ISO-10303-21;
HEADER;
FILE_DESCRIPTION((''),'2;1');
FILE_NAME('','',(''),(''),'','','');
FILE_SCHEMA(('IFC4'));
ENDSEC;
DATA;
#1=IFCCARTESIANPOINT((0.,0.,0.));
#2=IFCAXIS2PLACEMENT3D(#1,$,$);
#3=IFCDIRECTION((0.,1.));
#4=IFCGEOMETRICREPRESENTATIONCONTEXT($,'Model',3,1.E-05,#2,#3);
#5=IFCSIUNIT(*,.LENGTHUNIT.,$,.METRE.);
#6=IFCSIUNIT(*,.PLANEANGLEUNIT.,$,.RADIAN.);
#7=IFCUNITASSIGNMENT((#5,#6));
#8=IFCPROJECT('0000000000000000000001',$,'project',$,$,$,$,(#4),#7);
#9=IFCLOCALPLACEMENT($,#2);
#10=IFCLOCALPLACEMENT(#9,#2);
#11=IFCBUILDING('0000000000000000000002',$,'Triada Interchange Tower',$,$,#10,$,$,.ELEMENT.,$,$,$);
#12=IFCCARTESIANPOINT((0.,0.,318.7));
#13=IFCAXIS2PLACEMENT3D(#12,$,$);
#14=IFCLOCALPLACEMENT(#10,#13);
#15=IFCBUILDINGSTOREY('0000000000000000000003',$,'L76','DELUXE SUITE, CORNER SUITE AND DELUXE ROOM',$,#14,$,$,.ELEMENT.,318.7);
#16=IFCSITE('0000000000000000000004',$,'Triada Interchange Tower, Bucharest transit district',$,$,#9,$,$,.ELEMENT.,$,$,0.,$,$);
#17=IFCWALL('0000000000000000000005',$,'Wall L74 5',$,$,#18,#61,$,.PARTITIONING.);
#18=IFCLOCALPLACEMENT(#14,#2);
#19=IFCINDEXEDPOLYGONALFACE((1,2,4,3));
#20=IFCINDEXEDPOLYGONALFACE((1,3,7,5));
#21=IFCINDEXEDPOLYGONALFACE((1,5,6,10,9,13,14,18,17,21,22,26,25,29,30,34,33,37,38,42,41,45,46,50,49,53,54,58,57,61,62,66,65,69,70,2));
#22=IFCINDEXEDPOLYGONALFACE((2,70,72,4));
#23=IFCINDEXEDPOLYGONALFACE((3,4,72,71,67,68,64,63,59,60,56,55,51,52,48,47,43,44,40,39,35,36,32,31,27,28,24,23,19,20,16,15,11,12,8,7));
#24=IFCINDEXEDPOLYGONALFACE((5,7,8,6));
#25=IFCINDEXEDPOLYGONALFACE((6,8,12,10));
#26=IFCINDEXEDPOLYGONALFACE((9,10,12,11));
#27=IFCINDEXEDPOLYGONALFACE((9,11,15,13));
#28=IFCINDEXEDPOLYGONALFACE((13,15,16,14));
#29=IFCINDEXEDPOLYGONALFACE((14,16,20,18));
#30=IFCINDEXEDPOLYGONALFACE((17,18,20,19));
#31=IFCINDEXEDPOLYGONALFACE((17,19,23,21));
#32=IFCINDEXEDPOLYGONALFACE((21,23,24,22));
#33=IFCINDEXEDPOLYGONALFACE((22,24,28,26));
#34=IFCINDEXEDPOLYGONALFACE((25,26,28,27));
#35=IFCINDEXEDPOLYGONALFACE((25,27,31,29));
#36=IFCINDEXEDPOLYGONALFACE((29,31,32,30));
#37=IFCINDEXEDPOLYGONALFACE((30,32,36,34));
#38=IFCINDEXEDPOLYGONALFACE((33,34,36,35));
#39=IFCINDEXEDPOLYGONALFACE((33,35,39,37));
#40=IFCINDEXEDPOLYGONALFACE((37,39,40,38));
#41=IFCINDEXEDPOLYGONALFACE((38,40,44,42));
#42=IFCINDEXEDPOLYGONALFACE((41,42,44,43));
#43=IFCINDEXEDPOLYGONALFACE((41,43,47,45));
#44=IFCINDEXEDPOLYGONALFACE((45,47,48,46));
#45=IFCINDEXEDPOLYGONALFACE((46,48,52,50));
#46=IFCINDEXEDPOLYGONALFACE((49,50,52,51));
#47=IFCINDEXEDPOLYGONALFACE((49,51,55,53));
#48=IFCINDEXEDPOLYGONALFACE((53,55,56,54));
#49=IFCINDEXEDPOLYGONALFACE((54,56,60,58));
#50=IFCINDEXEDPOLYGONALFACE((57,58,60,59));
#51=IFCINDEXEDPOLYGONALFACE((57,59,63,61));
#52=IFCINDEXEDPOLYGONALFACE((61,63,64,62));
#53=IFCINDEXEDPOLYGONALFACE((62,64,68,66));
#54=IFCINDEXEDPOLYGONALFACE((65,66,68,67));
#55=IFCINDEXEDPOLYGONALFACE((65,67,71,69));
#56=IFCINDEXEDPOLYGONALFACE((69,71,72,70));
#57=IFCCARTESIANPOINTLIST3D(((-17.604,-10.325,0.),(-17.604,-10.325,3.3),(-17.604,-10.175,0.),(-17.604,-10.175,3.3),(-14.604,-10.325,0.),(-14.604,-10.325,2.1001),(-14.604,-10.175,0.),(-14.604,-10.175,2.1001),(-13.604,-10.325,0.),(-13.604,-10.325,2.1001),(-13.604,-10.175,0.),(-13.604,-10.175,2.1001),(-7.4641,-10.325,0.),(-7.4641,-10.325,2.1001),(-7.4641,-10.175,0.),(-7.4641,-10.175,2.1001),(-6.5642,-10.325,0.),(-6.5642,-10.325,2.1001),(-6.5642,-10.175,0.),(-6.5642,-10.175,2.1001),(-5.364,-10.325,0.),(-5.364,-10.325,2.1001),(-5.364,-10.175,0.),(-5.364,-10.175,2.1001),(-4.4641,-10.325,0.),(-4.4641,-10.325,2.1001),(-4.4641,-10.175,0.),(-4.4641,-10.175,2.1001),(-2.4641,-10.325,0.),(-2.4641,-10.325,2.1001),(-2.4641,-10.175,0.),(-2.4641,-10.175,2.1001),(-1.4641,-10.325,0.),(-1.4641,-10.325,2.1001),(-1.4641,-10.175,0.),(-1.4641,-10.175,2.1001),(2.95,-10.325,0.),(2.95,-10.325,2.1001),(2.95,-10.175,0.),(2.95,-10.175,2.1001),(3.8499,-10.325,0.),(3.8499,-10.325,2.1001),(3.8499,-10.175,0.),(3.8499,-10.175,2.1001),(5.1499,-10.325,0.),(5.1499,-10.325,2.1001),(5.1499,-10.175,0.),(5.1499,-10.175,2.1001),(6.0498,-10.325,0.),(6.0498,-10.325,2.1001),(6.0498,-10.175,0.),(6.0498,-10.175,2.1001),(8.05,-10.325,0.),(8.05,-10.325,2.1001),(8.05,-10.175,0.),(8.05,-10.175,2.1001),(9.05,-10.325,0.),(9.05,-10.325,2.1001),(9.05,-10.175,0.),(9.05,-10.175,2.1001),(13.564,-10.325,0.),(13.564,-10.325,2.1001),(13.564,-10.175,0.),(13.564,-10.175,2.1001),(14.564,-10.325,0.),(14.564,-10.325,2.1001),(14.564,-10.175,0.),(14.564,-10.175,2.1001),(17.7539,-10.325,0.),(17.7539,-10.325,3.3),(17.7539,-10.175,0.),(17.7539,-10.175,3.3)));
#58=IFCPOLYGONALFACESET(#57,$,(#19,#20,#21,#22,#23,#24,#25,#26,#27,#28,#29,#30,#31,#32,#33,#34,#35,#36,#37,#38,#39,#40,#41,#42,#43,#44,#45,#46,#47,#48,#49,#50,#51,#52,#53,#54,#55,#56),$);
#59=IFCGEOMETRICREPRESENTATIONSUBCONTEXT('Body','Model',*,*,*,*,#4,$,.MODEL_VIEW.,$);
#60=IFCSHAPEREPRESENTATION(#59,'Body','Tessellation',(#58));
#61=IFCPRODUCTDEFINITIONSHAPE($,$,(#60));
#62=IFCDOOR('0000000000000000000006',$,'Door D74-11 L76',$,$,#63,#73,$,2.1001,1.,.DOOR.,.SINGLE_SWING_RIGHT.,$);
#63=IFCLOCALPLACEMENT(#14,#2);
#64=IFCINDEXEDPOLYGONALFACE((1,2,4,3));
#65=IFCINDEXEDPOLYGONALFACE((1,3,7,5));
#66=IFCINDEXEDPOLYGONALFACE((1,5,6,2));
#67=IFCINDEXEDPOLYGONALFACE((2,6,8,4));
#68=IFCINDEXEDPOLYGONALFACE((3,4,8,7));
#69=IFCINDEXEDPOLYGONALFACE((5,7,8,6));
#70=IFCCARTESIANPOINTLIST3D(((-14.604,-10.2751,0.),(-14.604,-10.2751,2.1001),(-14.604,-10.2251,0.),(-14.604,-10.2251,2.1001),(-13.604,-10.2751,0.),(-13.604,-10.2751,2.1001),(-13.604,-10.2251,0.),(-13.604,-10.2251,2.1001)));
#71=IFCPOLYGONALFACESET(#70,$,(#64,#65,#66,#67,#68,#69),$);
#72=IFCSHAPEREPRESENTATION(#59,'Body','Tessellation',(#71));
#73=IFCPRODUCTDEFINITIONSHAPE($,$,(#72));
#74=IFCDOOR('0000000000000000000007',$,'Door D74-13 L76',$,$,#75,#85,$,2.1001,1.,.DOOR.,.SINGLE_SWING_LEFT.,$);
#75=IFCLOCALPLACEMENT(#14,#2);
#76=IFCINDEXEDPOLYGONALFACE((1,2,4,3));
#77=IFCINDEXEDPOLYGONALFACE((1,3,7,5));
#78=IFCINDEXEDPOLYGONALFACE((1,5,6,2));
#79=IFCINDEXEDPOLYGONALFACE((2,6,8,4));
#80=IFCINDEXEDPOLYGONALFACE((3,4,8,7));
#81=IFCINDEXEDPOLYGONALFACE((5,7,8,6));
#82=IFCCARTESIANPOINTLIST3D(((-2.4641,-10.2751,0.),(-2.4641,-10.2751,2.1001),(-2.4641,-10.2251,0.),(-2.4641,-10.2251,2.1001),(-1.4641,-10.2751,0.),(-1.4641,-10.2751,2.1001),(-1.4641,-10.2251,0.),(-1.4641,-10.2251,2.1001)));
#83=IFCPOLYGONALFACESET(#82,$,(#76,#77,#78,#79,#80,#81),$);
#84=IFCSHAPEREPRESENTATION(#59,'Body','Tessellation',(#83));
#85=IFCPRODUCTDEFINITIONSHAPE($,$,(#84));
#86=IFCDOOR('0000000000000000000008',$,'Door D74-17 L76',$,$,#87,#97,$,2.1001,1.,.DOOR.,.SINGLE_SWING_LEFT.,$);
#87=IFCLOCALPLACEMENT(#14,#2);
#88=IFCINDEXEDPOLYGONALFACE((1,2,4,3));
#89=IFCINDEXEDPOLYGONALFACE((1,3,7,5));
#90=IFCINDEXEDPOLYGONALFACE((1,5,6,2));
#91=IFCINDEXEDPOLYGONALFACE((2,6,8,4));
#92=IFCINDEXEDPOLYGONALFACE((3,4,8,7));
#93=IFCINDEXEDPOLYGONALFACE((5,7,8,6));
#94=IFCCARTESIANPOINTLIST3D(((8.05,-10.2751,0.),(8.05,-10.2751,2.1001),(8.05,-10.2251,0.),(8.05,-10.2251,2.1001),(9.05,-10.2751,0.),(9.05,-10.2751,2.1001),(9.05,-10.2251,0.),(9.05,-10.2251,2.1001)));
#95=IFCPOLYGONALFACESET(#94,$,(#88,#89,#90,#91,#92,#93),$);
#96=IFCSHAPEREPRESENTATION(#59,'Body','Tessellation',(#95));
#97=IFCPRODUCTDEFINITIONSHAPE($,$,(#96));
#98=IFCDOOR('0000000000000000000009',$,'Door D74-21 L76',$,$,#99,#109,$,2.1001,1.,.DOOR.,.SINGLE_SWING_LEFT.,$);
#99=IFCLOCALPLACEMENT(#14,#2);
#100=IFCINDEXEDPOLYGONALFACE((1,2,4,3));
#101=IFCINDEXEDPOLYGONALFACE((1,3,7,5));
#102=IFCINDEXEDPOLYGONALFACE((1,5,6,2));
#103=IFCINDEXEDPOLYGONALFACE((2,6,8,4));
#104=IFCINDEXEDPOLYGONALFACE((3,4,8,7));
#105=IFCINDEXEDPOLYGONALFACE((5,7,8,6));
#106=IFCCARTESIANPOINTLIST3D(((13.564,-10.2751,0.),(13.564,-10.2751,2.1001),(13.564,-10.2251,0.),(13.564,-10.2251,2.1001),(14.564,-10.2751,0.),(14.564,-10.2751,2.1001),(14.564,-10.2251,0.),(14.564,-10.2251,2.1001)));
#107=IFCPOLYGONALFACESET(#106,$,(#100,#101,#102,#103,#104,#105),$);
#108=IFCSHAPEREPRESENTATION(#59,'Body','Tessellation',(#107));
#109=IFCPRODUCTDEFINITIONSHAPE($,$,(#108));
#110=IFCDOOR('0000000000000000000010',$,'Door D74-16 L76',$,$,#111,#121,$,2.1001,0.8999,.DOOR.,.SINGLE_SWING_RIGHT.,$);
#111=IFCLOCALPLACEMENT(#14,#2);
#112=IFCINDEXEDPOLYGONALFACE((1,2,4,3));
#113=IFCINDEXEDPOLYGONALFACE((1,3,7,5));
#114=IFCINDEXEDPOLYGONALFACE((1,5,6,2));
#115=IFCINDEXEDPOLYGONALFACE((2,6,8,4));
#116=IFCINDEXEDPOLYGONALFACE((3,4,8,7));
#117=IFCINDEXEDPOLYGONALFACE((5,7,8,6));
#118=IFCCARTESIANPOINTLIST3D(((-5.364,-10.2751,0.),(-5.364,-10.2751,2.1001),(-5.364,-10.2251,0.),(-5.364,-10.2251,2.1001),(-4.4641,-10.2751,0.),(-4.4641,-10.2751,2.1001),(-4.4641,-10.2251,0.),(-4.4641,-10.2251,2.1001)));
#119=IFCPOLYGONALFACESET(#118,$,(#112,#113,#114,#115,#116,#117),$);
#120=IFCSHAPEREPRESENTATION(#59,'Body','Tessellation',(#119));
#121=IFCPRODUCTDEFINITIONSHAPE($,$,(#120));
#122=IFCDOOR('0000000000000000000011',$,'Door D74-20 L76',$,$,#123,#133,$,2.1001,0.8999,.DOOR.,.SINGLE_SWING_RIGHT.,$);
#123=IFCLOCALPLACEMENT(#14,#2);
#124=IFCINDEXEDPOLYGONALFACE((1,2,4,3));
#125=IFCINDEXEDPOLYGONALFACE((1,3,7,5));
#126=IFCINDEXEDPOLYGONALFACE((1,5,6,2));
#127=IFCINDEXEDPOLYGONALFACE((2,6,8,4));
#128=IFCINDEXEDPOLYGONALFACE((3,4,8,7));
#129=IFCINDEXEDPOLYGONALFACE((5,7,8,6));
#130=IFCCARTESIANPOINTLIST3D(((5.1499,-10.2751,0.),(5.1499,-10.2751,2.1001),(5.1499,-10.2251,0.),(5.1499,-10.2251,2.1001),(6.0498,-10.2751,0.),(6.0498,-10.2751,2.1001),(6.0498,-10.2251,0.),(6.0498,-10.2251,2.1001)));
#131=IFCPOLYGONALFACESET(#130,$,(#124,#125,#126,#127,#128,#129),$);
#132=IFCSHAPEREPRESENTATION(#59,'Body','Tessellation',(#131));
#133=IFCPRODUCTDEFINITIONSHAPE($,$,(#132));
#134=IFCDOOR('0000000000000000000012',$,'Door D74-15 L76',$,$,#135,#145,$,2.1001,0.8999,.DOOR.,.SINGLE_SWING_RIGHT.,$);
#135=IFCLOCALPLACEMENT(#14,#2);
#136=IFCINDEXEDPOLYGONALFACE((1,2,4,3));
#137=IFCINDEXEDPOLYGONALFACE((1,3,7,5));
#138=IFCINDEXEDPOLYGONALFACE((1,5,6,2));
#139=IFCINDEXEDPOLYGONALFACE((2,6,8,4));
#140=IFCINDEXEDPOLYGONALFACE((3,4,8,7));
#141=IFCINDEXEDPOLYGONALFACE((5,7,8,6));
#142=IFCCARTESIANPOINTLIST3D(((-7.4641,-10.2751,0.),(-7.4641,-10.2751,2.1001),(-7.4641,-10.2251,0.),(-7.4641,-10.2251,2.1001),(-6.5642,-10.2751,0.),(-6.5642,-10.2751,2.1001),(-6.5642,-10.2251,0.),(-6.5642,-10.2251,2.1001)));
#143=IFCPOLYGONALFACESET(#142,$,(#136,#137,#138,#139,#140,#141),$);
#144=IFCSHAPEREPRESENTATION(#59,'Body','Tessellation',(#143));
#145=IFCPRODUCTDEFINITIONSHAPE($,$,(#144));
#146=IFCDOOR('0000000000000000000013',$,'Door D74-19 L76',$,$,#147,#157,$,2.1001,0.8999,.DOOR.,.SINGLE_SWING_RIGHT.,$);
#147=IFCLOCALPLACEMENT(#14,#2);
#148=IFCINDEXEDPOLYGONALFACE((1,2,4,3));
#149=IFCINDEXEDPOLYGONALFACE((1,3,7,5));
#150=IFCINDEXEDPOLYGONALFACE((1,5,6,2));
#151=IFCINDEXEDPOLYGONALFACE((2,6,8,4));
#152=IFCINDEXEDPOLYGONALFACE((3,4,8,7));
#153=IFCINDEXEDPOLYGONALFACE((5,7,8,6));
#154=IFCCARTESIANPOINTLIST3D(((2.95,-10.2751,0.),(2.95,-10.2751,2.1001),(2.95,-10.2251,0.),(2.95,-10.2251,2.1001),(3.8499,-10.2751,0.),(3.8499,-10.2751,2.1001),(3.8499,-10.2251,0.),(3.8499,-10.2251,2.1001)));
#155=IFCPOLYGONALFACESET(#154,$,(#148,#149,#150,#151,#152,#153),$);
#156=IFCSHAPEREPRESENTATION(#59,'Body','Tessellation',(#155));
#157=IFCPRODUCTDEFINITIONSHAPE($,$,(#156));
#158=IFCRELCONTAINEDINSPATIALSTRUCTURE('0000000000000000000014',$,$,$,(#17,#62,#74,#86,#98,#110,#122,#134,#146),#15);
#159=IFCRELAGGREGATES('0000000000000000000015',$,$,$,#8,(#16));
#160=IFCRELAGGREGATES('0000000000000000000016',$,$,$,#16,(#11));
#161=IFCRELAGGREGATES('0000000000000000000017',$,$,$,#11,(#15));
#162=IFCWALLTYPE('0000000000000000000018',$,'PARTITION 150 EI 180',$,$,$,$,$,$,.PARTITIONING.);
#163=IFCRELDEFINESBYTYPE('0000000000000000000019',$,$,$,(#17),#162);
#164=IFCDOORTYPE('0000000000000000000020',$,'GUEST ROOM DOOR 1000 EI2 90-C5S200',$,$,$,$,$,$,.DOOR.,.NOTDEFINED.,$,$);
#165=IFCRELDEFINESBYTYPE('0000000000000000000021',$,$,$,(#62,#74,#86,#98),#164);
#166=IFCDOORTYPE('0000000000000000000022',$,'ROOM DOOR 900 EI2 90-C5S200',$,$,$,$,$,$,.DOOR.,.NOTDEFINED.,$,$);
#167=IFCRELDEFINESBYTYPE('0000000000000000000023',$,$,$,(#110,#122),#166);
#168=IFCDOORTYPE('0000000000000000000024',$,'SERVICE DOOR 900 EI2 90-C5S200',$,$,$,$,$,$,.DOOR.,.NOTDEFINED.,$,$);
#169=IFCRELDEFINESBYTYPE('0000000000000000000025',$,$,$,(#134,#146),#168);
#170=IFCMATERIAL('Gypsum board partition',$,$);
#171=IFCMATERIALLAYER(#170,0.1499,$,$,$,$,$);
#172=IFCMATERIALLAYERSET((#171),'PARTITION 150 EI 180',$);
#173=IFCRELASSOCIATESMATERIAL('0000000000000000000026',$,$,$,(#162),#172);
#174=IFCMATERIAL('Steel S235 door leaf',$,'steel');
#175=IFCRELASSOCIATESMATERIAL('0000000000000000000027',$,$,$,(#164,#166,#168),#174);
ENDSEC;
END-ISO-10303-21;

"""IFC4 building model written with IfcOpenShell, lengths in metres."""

from ifc_helpers import new_model, si_unit, direction, frame, frame_2d, origin, place, context, subcontext, project, spatial, rectangle, extrude, material, layer, layer_set, type_object, element, fill, save


model = new_model("IFC4")

# Units and contexts
model_context = context("Model", 3, precision=1e-05, world=origin(), true_north=direction((0.0, 1.0)))
body_context = subcontext(model_context, "Body", "Model", "MODEL_VIEW")
ifc_project = project(units=[si_unit("LENGTHUNIT", "METRE"), si_unit("PLANEANGLEUNIT", "RADIAN")], contexts=[model_context])

# Site, building, storey
site_placement = place(None, origin())
site = spatial("IfcSite", under=ifc_project, at=site_placement, Name="Triada Interchange Tower, Bucharest transit district", CompositionType="ELEMENT", RefElevation=0.0)
building_placement = place(site_placement, origin())
building = spatial("IfcBuilding", under=site, at=building_placement, Name="Triada Interchange Tower", CompositionType="ELEMENT")
storey_placement = place(building_placement, frame((0.0, 0.0, 318.7)))
storey = spatial("IfcBuildingStorey", under=building, at=storey_placement, Name="L76", Description="DELUXE SUITE, CORNER SUITE AND DELUXE ROOM", CompositionType="ELEMENT", Elevation=318.7)

# Shared definitions
ifc_material_1 = material(Name="Gypsum board partition")
ifc_layer_1 = layer(ifc_material_1, 0.1499)
ifc_layer_set_1 = layer_set([ifc_layer_1], Name="PARTITION 150 EI 180")
wall_type_1 = type_object("IfcWallType", Name="PARTITION 150 EI 180", PredefinedType="PARTITIONING", material=ifc_layer_set_1)

# Wall, openings, doors
wall_1_placement = place(storey_placement, frame((-17.604, -10.25, 0.0), z_axis=(0.0, 0.0, 1.0), x_axis=(1.0, 0.0, 0.0)))
wall_1 = element("IfcWall", 1, at=wall_1_placement, inside=storey, type_object=wall_type_1, Name="Wall L74 5", PredefinedType="PARTITIONING", context=body_context, shape_type="SweptSolid", body=[
    extrude(rectangle(XDim=35.3579, YDim=0.1499, at=frame_2d((17.679, 0.0))), origin(), (0.0, 0.0, 1.0), 3.3),
])
opening_1_placement = place(wall_1_placement, frame((3.0, 0.0, 0.0)))
opening_1 = element("IfcOpeningElement", 2, at=opening_1_placement, cuts=wall_1, PredefinedType="OPENING", context=body_context, shape_type="SweptSolid", body=[
    extrude(rectangle(XDim=1.0, YDim=2.1001, at=frame_2d((0.5, 1.05))), frame((0.0, 0.085, 0.0), z_axis=(0.0, -1.0, 0.0), x_axis=(1.0, 0.0, 0.0)), (0.0, 0.0, 1.0), 0.1699),
])
opening_2_placement = place(wall_1_placement, frame((15.1399, 0.0, 0.0)))
opening_2 = element("IfcOpeningElement", 3, at=opening_2_placement, cuts=wall_1, PredefinedType="OPENING", context=body_context, shape_type="SweptSolid", body=[
    extrude(rectangle(XDim=1.0, YDim=2.1001, at=frame_2d((0.5, 1.05))), frame((0.0, 0.085, 0.0), z_axis=(0.0, -1.0, 0.0), x_axis=(1.0, 0.0, 0.0)), (0.0, 0.0, 1.0), 0.1699),
])
opening_3_placement = place(wall_1_placement, frame((10.1399, 0.0, 0.0)))
opening_3 = element("IfcOpeningElement", 4, at=opening_3_placement, cuts=wall_1, PredefinedType="OPENING", context=body_context, shape_type="SweptSolid", body=[
    extrude(rectangle(XDim=0.8999, YDim=2.1001, at=frame_2d((0.45, 1.05))), frame((0.0, 0.085, 0.0), z_axis=(0.0, -1.0, 0.0), x_axis=(1.0, 0.0, 0.0)), (0.0, 0.0, 1.0), 0.1699),
])
opening_4_placement = place(wall_1_placement, frame((12.24, 0.0, 0.0)))
opening_4 = element("IfcOpeningElement", 5, at=opening_4_placement, cuts=wall_1, PredefinedType="OPENING", context=body_context, shape_type="SweptSolid", body=[
    extrude(rectangle(XDim=0.8999, YDim=2.1001, at=frame_2d((0.45, 1.05))), frame((0.0, 0.085, 0.0), z_axis=(0.0, -1.0, 0.0), x_axis=(1.0, 0.0, 0.0)), (0.0, 0.0, 1.0), 0.1699),
])
opening_5_placement = place(wall_1_placement, frame((25.6541, 0.0, 0.0)))
opening_5 = element("IfcOpeningElement", 6, at=opening_5_placement, cuts=wall_1, PredefinedType="OPENING", context=body_context, shape_type="SweptSolid", body=[
    extrude(rectangle(XDim=1.0, YDim=2.1001, at=frame_2d((0.5, 1.05))), frame((0.0, 0.085, 0.0), z_axis=(0.0, -1.0, 0.0), x_axis=(1.0, 0.0, 0.0)), (0.0, 0.0, 1.0), 0.1699),
])
opening_6_placement = place(wall_1_placement, frame((20.554, 0.0, 0.0)))
opening_6 = element("IfcOpeningElement", 7, at=opening_6_placement, cuts=wall_1, PredefinedType="OPENING", context=body_context, shape_type="SweptSolid", body=[
    extrude(rectangle(XDim=0.8999, YDim=2.1001, at=frame_2d((0.45, 1.05))), frame((0.0, 0.085, 0.0), z_axis=(0.0, -1.0, 0.0), x_axis=(1.0, 0.0, 0.0)), (0.0, 0.0, 1.0), 0.1699),
])
opening_7_placement = place(wall_1_placement, frame((22.7539, 0.0, 0.0)))
opening_7 = element("IfcOpeningElement", 8, at=opening_7_placement, cuts=wall_1, PredefinedType="OPENING", context=body_context, shape_type="SweptSolid", body=[
    extrude(rectangle(XDim=0.8999, YDim=2.1001, at=frame_2d((0.45, 1.05))), frame((0.0, 0.085, 0.0), z_axis=(0.0, -1.0, 0.0), x_axis=(1.0, 0.0, 0.0)), (0.0, 0.0, 1.0), 0.1699),
])
opening_8_placement = place(wall_1_placement, frame((31.168, 0.0, 0.0)))
opening_8 = element("IfcOpeningElement", 9, at=opening_8_placement, cuts=wall_1, PredefinedType="OPENING", context=body_context, shape_type="SweptSolid", body=[
    extrude(rectangle(XDim=1.0, YDim=2.1001, at=frame_2d((0.5, 1.05))), frame((0.0, 0.085, 0.0), z_axis=(0.0, -1.0, 0.0), x_axis=(1.0, 0.0, 0.0)), (0.0, 0.0, 1.0), 0.1699),
])
ifc_material_2 = material(Name="Steel S235 door leaf", Category="steel")
door_type_1 = type_object("IfcDoorType", Name="GUEST ROOM DOOR 1000 EI2 90-C5S200", OperationType="NOTDEFINED", PredefinedType="DOOR", material=ifc_material_2)
door_1_placement = place(opening_1_placement, origin())
door_1 = element("IfcDoor", 10, at=door_1_placement, inside=storey, type_object=door_type_1, Name="Door D74-11 L76", OperationType="SINGLE_SWING_RIGHT", OverallHeight=2.1001, OverallWidth=1.0, PredefinedType="DOOR", context=body_context, shape_type="SweptSolid", body=[
    extrude(rectangle(XDim=1.0, YDim=2.1001, at=frame_2d((0.5, 1.05))), frame((0.0, 0.0249, 0.0), z_axis=(0.0, -1.0, 0.0), x_axis=(1.0, 0.0, 0.0)), (0.0, 0.0, 1.0), 0.05),
])
fill(opening_1, door_1)
door_2_placement = place(opening_2_placement, origin())
door_2 = element("IfcDoor", 11, at=door_2_placement, inside=storey, type_object=door_type_1, Name="Door D74-13 L76", OperationType="SINGLE_SWING_LEFT", OverallHeight=2.1001, OverallWidth=1.0, PredefinedType="DOOR", context=body_context, shape_type="SweptSolid", body=[
    extrude(rectangle(XDim=1.0, YDim=2.1001, at=frame_2d((0.5, 1.05))), frame((0.0, 0.0249, 0.0), z_axis=(0.0, -1.0, 0.0), x_axis=(1.0, 0.0, 0.0)), (0.0, 0.0, 1.0), 0.05),
])
fill(opening_2, door_2)
door_3_placement = place(opening_5_placement, origin())
door_3 = element("IfcDoor", 12, at=door_3_placement, inside=storey, type_object=door_type_1, Name="Door D74-17 L76", OperationType="SINGLE_SWING_LEFT", OverallHeight=2.1001, OverallWidth=1.0, PredefinedType="DOOR", context=body_context, shape_type="SweptSolid", body=[
    extrude(rectangle(XDim=1.0, YDim=2.1001, at=frame_2d((0.5, 1.05))), frame((0.0, 0.0249, 0.0), z_axis=(0.0, -1.0, 0.0), x_axis=(1.0, 0.0, 0.0)), (0.0, 0.0, 1.0), 0.05),
])
fill(opening_5, door_3)
door_4_placement = place(opening_8_placement, origin())
door_4 = element("IfcDoor", 13, at=door_4_placement, inside=storey, type_object=door_type_1, Name="Door D74-21 L76", OperationType="SINGLE_SWING_LEFT", OverallHeight=2.1001, OverallWidth=1.0, PredefinedType="DOOR", context=body_context, shape_type="SweptSolid", body=[
    extrude(rectangle(XDim=1.0, YDim=2.1001, at=frame_2d((0.5, 1.05))), frame((0.0, 0.0249, 0.0), z_axis=(0.0, -1.0, 0.0), x_axis=(1.0, 0.0, 0.0)), (0.0, 0.0, 1.0), 0.05),
])
fill(opening_8, door_4)
door_type_2 = type_object("IfcDoorType", Name="ROOM DOOR 900 EI2 90-C5S200", OperationType="NOTDEFINED", PredefinedType="DOOR", material=ifc_material_2)
door_5_placement = place(opening_4_placement, origin())
door_5 = element("IfcDoor", 14, at=door_5_placement, inside=storey, type_object=door_type_2, Name="Door D74-16 L76", OperationType="SINGLE_SWING_RIGHT", OverallHeight=2.1001, OverallWidth=0.8999, PredefinedType="DOOR", context=body_context, shape_type="SweptSolid", body=[
    extrude(rectangle(XDim=0.8999, YDim=2.1001, at=frame_2d((0.45, 1.05))), frame((0.0, 0.0249, 0.0), z_axis=(0.0, -1.0, 0.0), x_axis=(1.0, 0.0, 0.0)), (0.0, 0.0, 1.0), 0.05),
])
fill(opening_4, door_5)
door_6_placement = place(opening_7_placement, origin())
door_6 = element("IfcDoor", 15, at=door_6_placement, inside=storey, type_object=door_type_2, Name="Door D74-20 L76", OperationType="SINGLE_SWING_RIGHT", OverallHeight=2.1001, OverallWidth=0.8999, PredefinedType="DOOR", context=body_context, shape_type="SweptSolid", body=[
    extrude(rectangle(XDim=0.8999, YDim=2.1001, at=frame_2d((0.45, 1.05))), frame((0.0, 0.0249, 0.0), z_axis=(0.0, -1.0, 0.0), x_axis=(1.0, 0.0, 0.0)), (0.0, 0.0, 1.0), 0.05),
])
fill(opening_7, door_6)
door_type_3 = type_object("IfcDoorType", Name="SERVICE DOOR 900 EI2 90-C5S200", OperationType="NOTDEFINED", PredefinedType="DOOR", material=ifc_material_2)
door_7_placement = place(opening_3_placement, origin())
door_7 = element("IfcDoor", 16, at=door_7_placement, inside=storey, type_object=door_type_3, Name="Door D74-15 L76", OperationType="SINGLE_SWING_RIGHT", OverallHeight=2.1001, OverallWidth=0.8999, PredefinedType="DOOR", context=body_context, shape_type="SweptSolid", body=[
    extrude(rectangle(XDim=0.8999, YDim=2.1001, at=frame_2d((0.45, 1.05))), frame((0.0, 0.0249, 0.0), z_axis=(0.0, -1.0, 0.0), x_axis=(1.0, 0.0, 0.0)), (0.0, 0.0, 1.0), 0.05),
])
fill(opening_3, door_7)
door_8_placement = place(opening_6_placement, origin())
door_8 = element("IfcDoor", 17, at=door_8_placement, inside=storey, type_object=door_type_3, Name="Door D74-19 L76", OperationType="SINGLE_SWING_RIGHT", OverallHeight=2.1001, OverallWidth=0.8999, PredefinedType="DOOR", context=body_context, shape_type="SweptSolid", body=[
    extrude(rectangle(XDim=0.8999, YDim=2.1001, at=frame_2d((0.45, 1.05))), frame((0.0, 0.0249, 0.0), z_axis=(0.0, -1.0, 0.0), x_axis=(1.0, 0.0, 0.0)), (0.0, 0.0, 1.0), 0.05),
])
fill(opening_6, door_8)

save(model, "model.ifc")
